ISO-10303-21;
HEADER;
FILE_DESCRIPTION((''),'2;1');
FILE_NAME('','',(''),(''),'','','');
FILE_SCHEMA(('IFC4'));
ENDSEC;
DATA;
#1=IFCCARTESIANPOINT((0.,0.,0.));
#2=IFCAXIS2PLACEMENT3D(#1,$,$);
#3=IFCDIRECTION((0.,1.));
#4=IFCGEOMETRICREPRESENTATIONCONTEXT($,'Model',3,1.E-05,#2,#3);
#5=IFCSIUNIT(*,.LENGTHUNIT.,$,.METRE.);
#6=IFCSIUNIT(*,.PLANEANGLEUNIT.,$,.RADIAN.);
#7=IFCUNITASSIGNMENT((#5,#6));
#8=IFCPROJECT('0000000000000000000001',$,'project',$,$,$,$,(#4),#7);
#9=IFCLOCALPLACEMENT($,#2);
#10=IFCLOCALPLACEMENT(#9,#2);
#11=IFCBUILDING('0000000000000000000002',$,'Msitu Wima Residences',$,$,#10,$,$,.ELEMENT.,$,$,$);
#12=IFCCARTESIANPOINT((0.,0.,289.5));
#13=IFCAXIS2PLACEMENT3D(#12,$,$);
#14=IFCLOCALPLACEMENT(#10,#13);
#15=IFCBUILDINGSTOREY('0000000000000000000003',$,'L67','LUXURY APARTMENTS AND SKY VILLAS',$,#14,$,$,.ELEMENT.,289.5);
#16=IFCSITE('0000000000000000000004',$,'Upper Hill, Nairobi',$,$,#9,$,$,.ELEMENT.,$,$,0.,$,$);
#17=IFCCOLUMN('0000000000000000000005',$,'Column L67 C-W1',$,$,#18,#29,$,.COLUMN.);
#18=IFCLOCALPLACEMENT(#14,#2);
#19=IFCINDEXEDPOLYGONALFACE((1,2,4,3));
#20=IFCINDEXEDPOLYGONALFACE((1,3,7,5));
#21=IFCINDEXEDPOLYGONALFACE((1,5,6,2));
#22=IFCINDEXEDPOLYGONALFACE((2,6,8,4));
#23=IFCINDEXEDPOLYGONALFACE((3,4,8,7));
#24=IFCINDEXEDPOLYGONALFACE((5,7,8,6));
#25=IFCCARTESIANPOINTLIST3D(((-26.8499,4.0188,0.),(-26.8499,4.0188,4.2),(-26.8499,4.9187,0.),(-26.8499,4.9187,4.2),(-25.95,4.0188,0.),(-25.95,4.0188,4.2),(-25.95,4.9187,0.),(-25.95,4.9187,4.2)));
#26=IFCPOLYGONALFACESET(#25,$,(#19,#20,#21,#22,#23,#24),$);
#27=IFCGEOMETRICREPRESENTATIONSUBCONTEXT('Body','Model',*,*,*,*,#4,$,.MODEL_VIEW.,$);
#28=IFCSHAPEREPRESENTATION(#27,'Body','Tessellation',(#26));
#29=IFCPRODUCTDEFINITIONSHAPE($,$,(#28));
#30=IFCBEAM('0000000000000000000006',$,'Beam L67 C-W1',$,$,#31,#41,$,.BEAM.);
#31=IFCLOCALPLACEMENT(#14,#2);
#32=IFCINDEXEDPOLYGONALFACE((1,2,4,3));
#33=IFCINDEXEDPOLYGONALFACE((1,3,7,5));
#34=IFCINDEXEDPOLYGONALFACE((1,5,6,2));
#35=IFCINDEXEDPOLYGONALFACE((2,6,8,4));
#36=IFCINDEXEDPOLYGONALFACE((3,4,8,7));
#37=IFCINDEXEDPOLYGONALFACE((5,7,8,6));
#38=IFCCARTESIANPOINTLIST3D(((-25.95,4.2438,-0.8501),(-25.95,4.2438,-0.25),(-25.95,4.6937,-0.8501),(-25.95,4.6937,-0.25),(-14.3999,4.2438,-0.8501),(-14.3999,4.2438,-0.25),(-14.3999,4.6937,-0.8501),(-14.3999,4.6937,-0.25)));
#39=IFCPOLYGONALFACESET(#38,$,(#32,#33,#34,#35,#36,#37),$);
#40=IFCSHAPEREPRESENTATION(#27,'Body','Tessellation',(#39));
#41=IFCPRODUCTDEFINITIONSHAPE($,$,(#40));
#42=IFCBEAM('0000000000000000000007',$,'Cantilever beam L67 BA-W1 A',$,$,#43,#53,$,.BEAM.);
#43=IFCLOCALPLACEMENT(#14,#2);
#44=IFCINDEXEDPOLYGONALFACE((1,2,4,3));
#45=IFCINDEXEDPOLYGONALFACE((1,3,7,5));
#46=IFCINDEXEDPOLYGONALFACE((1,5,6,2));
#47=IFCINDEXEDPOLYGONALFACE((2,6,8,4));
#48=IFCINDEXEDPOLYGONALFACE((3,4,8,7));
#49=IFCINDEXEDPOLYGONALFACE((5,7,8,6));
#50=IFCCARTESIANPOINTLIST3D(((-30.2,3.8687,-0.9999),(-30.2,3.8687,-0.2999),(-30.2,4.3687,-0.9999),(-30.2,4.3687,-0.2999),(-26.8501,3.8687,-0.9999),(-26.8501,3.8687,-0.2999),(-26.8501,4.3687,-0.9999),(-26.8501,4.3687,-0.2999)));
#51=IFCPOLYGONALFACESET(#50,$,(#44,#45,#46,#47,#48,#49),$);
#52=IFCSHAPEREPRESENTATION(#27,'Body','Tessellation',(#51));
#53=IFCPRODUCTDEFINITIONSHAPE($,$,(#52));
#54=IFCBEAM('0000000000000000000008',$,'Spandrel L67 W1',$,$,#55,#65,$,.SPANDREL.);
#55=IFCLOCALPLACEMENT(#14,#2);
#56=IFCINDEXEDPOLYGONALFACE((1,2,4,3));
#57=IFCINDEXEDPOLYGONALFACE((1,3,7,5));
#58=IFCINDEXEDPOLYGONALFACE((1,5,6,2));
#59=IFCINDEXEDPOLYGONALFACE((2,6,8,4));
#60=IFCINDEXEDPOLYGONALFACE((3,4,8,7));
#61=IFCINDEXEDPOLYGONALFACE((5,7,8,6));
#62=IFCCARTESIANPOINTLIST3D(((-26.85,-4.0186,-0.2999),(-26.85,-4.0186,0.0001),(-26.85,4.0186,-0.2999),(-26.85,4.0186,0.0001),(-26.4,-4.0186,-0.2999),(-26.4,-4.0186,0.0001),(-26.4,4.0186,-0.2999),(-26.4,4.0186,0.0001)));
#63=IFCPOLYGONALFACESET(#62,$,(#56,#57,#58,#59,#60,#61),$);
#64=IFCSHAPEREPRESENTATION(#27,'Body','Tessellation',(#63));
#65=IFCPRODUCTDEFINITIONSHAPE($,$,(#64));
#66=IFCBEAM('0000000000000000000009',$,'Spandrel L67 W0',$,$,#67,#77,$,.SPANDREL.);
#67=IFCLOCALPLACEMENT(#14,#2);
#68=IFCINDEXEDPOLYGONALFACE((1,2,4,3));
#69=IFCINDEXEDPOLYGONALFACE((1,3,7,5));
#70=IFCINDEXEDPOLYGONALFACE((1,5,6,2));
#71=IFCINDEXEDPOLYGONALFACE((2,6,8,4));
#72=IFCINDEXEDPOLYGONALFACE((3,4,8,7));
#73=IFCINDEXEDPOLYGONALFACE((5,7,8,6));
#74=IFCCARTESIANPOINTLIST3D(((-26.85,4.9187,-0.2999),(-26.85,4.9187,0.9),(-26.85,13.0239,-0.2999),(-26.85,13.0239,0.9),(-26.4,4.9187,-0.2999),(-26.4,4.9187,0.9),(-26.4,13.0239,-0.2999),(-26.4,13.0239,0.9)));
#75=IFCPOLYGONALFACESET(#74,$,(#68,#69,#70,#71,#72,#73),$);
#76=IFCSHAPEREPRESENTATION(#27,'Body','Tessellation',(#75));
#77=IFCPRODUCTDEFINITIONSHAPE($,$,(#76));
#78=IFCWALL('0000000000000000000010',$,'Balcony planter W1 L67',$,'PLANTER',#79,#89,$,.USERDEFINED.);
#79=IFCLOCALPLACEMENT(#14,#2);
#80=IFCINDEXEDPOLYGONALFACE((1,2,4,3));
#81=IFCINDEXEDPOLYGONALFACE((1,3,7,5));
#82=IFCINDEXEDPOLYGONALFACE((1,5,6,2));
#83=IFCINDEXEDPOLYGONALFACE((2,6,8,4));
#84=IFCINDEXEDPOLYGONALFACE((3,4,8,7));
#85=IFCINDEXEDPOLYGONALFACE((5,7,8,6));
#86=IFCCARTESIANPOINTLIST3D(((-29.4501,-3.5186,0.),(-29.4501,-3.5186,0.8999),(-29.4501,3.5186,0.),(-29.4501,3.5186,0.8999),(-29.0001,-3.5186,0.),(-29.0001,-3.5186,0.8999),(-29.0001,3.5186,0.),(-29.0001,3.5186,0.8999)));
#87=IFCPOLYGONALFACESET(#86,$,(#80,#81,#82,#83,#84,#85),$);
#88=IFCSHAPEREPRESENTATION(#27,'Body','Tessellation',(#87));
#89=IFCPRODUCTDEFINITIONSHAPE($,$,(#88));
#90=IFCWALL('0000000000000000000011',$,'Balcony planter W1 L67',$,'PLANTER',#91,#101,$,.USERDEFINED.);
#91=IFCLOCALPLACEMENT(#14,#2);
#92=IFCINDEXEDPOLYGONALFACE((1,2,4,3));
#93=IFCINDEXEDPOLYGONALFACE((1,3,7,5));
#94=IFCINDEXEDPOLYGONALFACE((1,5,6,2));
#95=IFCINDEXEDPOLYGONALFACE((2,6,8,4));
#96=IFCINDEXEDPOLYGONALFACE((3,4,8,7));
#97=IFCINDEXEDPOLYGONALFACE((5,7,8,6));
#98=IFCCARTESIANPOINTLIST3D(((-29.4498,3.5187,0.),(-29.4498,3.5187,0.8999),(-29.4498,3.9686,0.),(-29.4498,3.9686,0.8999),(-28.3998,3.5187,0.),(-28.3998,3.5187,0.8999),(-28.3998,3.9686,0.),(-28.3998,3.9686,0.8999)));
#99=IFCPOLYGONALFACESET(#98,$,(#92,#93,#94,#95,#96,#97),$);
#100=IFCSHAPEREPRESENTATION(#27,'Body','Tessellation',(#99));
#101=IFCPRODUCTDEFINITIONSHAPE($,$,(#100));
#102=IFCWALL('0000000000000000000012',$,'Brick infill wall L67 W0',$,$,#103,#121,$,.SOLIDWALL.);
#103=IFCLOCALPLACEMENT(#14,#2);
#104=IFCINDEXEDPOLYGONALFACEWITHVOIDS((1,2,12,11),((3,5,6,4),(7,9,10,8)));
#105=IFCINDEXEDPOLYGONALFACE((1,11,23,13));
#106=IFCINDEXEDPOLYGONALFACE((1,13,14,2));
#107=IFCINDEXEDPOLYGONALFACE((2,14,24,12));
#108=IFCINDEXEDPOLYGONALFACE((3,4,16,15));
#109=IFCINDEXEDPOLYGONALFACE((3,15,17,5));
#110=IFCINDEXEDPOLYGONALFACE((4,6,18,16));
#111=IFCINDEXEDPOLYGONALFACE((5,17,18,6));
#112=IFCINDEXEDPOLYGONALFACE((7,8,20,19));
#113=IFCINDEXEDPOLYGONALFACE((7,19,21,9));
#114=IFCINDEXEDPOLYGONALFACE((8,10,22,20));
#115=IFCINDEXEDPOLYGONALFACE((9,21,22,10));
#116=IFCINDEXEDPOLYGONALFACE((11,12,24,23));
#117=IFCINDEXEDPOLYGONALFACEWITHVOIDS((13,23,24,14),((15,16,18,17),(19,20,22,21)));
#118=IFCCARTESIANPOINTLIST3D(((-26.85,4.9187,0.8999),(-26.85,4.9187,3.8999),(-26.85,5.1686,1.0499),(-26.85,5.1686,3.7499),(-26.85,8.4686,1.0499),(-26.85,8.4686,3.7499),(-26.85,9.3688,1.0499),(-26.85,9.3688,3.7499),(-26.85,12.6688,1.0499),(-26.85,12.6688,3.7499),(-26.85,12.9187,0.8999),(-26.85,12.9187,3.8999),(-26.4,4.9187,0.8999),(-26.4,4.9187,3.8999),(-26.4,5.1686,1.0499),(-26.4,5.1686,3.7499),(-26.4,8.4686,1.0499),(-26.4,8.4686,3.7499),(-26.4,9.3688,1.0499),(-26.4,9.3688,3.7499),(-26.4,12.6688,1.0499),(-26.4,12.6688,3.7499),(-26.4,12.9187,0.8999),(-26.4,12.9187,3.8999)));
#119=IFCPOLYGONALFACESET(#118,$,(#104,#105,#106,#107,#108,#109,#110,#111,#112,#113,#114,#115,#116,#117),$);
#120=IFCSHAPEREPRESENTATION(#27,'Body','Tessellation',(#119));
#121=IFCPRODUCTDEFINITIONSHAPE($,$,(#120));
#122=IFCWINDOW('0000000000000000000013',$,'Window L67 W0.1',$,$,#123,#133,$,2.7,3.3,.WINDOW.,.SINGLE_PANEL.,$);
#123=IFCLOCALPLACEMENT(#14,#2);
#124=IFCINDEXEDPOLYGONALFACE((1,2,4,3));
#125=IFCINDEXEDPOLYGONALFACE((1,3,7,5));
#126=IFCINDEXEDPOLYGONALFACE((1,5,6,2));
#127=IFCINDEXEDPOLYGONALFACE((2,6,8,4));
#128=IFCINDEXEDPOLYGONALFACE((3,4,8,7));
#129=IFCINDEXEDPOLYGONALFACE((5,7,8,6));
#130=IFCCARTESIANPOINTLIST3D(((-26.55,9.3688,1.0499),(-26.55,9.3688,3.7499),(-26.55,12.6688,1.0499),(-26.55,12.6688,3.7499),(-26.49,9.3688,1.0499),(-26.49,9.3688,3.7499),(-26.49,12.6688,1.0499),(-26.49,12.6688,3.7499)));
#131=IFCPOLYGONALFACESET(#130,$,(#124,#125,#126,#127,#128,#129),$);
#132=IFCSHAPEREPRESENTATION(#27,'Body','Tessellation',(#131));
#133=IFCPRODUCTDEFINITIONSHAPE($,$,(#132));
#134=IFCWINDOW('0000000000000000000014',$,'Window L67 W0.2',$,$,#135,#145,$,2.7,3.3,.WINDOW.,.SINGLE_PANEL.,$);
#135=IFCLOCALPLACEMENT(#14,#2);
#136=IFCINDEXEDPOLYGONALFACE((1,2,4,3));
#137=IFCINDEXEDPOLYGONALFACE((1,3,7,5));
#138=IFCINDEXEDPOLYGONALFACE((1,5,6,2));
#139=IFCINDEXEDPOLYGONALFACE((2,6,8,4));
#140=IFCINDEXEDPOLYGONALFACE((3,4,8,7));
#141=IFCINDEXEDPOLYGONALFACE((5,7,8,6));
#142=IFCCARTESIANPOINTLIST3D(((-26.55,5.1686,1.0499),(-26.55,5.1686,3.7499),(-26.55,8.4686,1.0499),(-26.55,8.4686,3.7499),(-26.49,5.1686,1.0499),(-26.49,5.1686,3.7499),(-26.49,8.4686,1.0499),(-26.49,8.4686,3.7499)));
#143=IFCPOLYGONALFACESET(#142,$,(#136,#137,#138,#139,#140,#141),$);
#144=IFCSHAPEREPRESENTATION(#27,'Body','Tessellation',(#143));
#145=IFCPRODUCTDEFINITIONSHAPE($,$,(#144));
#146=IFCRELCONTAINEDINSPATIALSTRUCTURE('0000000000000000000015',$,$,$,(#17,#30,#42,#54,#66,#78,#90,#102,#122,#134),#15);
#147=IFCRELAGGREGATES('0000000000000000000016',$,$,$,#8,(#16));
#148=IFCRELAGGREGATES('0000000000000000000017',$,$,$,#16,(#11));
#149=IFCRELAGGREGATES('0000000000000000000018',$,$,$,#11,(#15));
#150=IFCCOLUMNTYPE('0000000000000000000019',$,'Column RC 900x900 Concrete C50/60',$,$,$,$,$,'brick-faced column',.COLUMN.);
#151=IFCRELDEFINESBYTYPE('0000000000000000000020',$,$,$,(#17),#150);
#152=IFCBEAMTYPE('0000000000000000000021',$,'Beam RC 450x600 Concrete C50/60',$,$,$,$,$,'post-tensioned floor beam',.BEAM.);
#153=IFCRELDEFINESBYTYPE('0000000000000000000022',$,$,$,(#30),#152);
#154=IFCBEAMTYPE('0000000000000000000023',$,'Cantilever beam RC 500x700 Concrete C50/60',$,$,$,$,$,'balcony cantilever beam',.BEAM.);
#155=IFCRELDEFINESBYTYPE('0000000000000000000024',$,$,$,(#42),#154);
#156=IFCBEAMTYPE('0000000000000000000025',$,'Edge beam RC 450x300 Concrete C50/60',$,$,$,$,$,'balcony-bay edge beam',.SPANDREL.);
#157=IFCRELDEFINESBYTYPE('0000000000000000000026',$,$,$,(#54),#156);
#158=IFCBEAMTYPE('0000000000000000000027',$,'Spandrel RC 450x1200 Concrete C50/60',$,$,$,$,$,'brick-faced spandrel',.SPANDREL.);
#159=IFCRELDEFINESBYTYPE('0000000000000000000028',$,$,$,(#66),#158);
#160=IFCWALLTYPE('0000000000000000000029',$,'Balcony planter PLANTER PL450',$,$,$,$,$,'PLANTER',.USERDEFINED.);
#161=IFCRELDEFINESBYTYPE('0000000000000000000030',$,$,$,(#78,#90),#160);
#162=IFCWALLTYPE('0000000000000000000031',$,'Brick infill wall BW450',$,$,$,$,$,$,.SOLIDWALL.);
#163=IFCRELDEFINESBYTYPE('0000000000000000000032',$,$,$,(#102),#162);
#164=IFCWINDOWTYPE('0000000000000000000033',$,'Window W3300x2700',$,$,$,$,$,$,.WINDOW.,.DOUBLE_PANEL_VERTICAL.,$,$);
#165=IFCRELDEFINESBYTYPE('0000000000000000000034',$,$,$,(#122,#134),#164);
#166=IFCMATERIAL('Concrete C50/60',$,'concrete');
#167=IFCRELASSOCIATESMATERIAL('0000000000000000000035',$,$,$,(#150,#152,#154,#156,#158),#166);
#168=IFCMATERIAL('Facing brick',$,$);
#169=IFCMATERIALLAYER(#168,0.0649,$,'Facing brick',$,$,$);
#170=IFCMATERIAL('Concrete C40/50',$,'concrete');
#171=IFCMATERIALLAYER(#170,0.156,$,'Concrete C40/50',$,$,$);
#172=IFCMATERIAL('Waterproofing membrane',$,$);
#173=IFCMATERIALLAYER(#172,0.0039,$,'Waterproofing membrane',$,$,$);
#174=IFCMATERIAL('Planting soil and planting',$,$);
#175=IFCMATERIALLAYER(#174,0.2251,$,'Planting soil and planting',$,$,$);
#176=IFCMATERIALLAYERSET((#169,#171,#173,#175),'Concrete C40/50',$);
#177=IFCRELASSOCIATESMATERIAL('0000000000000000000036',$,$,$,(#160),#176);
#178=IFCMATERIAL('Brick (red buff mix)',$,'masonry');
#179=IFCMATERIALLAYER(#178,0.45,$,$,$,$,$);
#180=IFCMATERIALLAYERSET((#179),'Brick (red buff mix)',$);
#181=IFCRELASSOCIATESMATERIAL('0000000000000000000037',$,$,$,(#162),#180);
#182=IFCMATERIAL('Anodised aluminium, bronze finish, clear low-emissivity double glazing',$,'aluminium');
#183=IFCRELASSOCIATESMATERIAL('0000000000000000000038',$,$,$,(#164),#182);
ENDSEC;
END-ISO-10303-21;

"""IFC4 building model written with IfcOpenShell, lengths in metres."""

from ifc_helpers import new_model, si_unit, direction, frame, frame_2d, origin, origin_2d, place, context, subcontext, project, spatial, rectangle, extrude, material, layer, layer_set, material_profile, profile_set, type_object, element, fill, save


model = new_model("IFC4")

# Units and contexts
model_context = context("Model", 3, precision=1e-05, world=origin(), true_north=direction((0.0, 1.0)))
body_context = subcontext(model_context, "Body", "Model", "MODEL_VIEW")
ifc_project = project(units=[si_unit("LENGTHUNIT", "METRE"), si_unit("PLANEANGLEUNIT", "RADIAN")], contexts=[model_context])

# Site, building, storey
site_placement = place(None, origin())
site = spatial("IfcSite", under=ifc_project, at=site_placement, Name="Upper Hill, Nairobi", CompositionType="ELEMENT", RefElevation=0.0)
building_placement = place(site_placement, origin())
building = spatial("IfcBuilding", under=site, at=building_placement, Name="Msitu Wima Residences", CompositionType="ELEMENT")
storey_placement = place(building_placement, frame((0.0, 0.0, 289.5)))
storey = spatial("IfcBuildingStorey", under=building, at=storey_placement, Name="L67", Description="LUXURY APARTMENTS AND SKY VILLAS", CompositionType="ELEMENT", Elevation=289.5)

# Column
ifc_material_1 = material(Name="Concrete C50/60", Category="concrete")
ifc_material_profile_1 = material_profile(ifc_material_1, rectangle(XDim=0.8999, YDim=0.8999, at=origin_2d()), Name="RC 900x900")
ifc_profile_set_1 = profile_set([ifc_material_profile_1], Name="Concrete C50/60")
column_type = type_object("IfcColumnType", Name="Column RC 900x900 Concrete C50/60", ElementType="brick-faced column", PredefinedType="COLUMN", material=ifc_profile_set_1)
column_placement = place(storey_placement, frame((-26.3999, 4.4688, 0.0), z_axis=(0.0, 0.0, 1.0), x_axis=(0.0, -1.0, 0.0)))
element("IfcColumn", 1, at=column_placement, inside=storey, type_object=column_type, Name="Column L67 C-W1", PredefinedType="COLUMN", context=body_context, shape_type="SweptSolid", body=[
    extrude(rectangle(XDim=0.8999, YDim=0.8999, at=origin_2d()), origin(), (0.0, 0.0, 1.0), 4.2),
])

# Beams
ifc_material_profile_2 = material_profile(ifc_material_1, rectangle(XDim=0.45, YDim=0.6001, at=origin_2d()), Name="RC 450x600")
ifc_profile_set_2 = profile_set([ifc_material_profile_2], Name="Concrete C50/60")
beam_type_1 = type_object("IfcBeamType", Name="Beam RC 450x600 Concrete C50/60", ElementType="post-tensioned floor beam", PredefinedType="BEAM", material=ifc_profile_set_2)
beam_1_placement = place(storey_placement, frame((-25.95, 4.4688, -0.55), z_axis=(1.0, 0.0, 0.0), x_axis=(0.0, 1.0, 0.0)))
element("IfcBeam", 2, at=beam_1_placement, inside=storey, type_object=beam_type_1, Name="Beam L67 C-W1", PredefinedType="BEAM", context=body_context, shape_type="SweptSolid", body=[
    extrude(rectangle(XDim=0.45, YDim=0.6001, at=origin_2d()), origin(), (0.0, 0.0, 1.0), 11.55),
])
ifc_material_profile_3 = material_profile(ifc_material_1, rectangle(XDim=0.5, YDim=0.7, at=origin_2d()), Name="RC 500x700")
ifc_profile_set_3 = profile_set([ifc_material_profile_3], Name="Concrete C50/60")
beam_type_2 = type_object("IfcBeamType", Name="Cantilever beam RC 500x700 Concrete C50/60", ElementType="balcony cantilever beam", PredefinedType="BEAM", material=ifc_profile_set_3)
beam_2_placement = place(storey_placement, frame((-26.8501, 4.1187, -0.6499), z_axis=(-1.0, 0.0, 0.0), x_axis=(0.0, -1.0, 0.0)))
element("IfcBeam", 3, at=beam_2_placement, inside=storey, type_object=beam_type_2, Name="Cantilever beam L67 BA-W1 A", PredefinedType="BEAM", context=body_context, shape_type="SweptSolid", body=[
    extrude(rectangle(XDim=0.5, YDim=0.7, at=origin_2d()), origin(), (0.0, 0.0, 1.0), 3.3499),
])
ifc_material_profile_4 = material_profile(ifc_material_1, rectangle(XDim=0.45, YDim=0.3, at=origin_2d()), Name="RC 450x300")
ifc_profile_set_4 = profile_set([ifc_material_profile_4], Name="Concrete C50/60")
beam_type_3 = type_object("IfcBeamType", Name="Edge beam RC 450x300 Concrete C50/60", ElementType="balcony-bay edge beam", PredefinedType="SPANDREL", material=ifc_profile_set_4)
beam_3_placement = place(storey_placement, frame((-26.625, 4.0186, -0.1499), z_axis=(0.0, -1.0, 0.0), x_axis=(1.0, 0.0, 0.0)))
element("IfcBeam", 4, at=beam_3_placement, inside=storey, type_object=beam_type_3, Name="Spandrel L67 W1", PredefinedType="SPANDREL", context=body_context, shape_type="SweptSolid", body=[
    extrude(rectangle(XDim=0.45, YDim=0.3, at=origin_2d()), origin(), (0.0, 0.0, 1.0), 8.0371),
])
ifc_material_profile_5 = material_profile(ifc_material_1, rectangle(XDim=0.45, YDim=1.2, at=origin_2d()), Name="RC 450x1200")
ifc_profile_set_5 = profile_set([ifc_material_profile_5], Name="Concrete C50/60")
beam_type_4 = type_object("IfcBeamType", Name="Spandrel RC 450x1200 Concrete C50/60", ElementType="brick-faced spandrel", PredefinedType="SPANDREL", material=ifc_profile_set_5)
beam_4_placement = place(storey_placement, frame((-26.625, 13.0239, 0.3), z_axis=(0.0, -1.0, 0.0), x_axis=(1.0, 0.0, 0.0)))
element("IfcBeam", 5, at=beam_4_placement, inside=storey, type_object=beam_type_4, Name="Spandrel L67 W0", PredefinedType="SPANDREL", context=body_context, shape_type="SweptSolid", body=[
    extrude(rectangle(XDim=0.45, YDim=1.2, at=origin_2d()), origin(), (0.0, 0.0, 1.0), 8.1052),
])

# Walls
ifc_material_2 = material(Name="Facing brick")
ifc_layer_1 = layer(ifc_material_2, 0.0649, Name="Facing brick")
ifc_material_3 = material(Name="Concrete C40/50", Category="concrete")
ifc_layer_2 = layer(ifc_material_3, 0.156, Name="Concrete C40/50")
ifc_material_4 = material(Name="Waterproofing membrane")
ifc_layer_3 = layer(ifc_material_4, 0.0039, Name="Waterproofing membrane")
ifc_material_5 = material(Name="Planting soil and planting")
ifc_layer_4 = layer(ifc_material_5, 0.2251, Name="Planting soil and planting")
ifc_layer_set_1 = layer_set([ifc_layer_1, ifc_layer_2, ifc_layer_3, ifc_layer_4], Name="Concrete C40/50")
wall_type_1 = type_object("IfcWallType", Name="Balcony planter PLANTER PL450", ElementType="PLANTER", PredefinedType="USERDEFINED", material=ifc_layer_set_1)
wall_1_placement = place(storey_placement, frame((-29.2251, 3.5186, 0.0), z_axis=(0.0, 0.0, 1.0), x_axis=(0.0, -1.0, 0.0)))
element("IfcWall", 6, at=wall_1_placement, inside=storey, type_object=wall_type_1, Name="Balcony planter W1 L67", ObjectType="PLANTER", PredefinedType="USERDEFINED", context=body_context, shape_type="SweptSolid", body=[
    extrude(rectangle(XDim=7.0371, YDim=0.45, at=frame_2d((3.5186, 0.0))), origin(), (0.0, 0.0, 1.0), 0.8999),
])
wall_2_placement = place(storey_placement, frame((-28.3999, 3.7437, 0.0), z_axis=(0.0, 0.0, 1.0), x_axis=(-1.0, 0.0, 0.0)))
element("IfcWall", 7, at=wall_2_placement, inside=storey, type_object=wall_type_1, Name="Balcony planter W1 L67", ObjectType="PLANTER", PredefinedType="USERDEFINED", context=body_context, shape_type="SweptSolid", body=[
    extrude(rectangle(XDim=1.05, YDim=0.45, at=frame_2d((0.5249, 0.0))), origin(), (0.0, 0.0, 1.0), 0.8999),
])

# Wall, openings, windows
ifc_material_6 = material(Name="Brick (red buff mix)", Category="masonry")
ifc_layer_5 = layer(ifc_material_6, 0.45)
ifc_layer_set_2 = layer_set([ifc_layer_5], Name="Brick (red buff mix)")
wall_type_2 = type_object("IfcWallType", Name="Brick infill wall BW450", PredefinedType="SOLIDWALL", material=ifc_layer_set_2)
wall_3_placement = place(storey_placement, frame((-26.625, 12.9187, 0.8999), z_axis=(0.0, 0.0, 1.0), x_axis=(0.0, -1.0, 0.0)))
wall_3 = element("IfcWall", 8, at=wall_3_placement, inside=storey, type_object=wall_type_2, Name="Brick infill wall L67 W0", PredefinedType="SOLIDWALL", context=body_context, shape_type="SweptSolid", body=[
    extrude(rectangle(XDim=8.0, YDim=0.45, at=frame_2d((4.0, 0.0))), origin(), (0.0, 0.0, 1.0), 3.0),
])
opening_1_placement = place(wall_3_placement, frame((0.25, 0.0, 0.1499)))
opening_1 = element("IfcOpeningElement", 9, at=opening_1_placement, cuts=wall_3, PredefinedType="OPENING", context=body_context, shape_type="SweptSolid", body=[
    extrude(rectangle(XDim=3.3, YDim=2.7, at=frame_2d((1.6499, 1.3501))), frame((0.0, 0.2349, 0.0), z_axis=(0.0, -1.0, 0.0), x_axis=(1.0, 0.0, 0.0)), (0.0, 0.0, 1.0), 0.47),
])
opening_2_placement = place(wall_3_placement, frame((4.4502, 0.0, 0.1499)))
opening_2 = element("IfcOpeningElement", 10, at=opening_2_placement, cuts=wall_3, PredefinedType="OPENING", context=body_context, shape_type="SweptSolid", body=[
    extrude(rectangle(XDim=3.3, YDim=2.7, at=frame_2d((1.6499, 1.3501))), frame((0.0, 0.2349, 0.0), z_axis=(0.0, -1.0, 0.0), x_axis=(1.0, 0.0, 0.0)), (0.0, 0.0, 1.0), 0.47),
])
ifc_material_7 = material(Name="Anodised aluminium, bronze finish, clear low-emissivity double glazing", Category="aluminium")
window_type = type_object("IfcWindowType", Name="Window W3300x2700", PartitioningType="DOUBLE_PANEL_VERTICAL", PredefinedType="WINDOW", material=ifc_material_7)
window_1_placement = place(opening_1_placement, origin())
window_1 = element("IfcWindow", 11, at=window_1_placement, inside=storey, type_object=window_type, Name="Window L67 W0.1", OverallHeight=2.7, OverallWidth=3.3, PartitioningType="SINGLE_PANEL", PredefinedType="WINDOW", context=body_context, shape_type="SweptSolid", body=[
    extrude(rectangle(XDim=3.3, YDim=2.7, at=frame_2d((1.6499, 1.3501))), frame((0.0, 0.135, 0.0), z_axis=(0.0, -1.0, 0.0), x_axis=(1.0, 0.0, 0.0)), (0.0, 0.0, 1.0), 0.0601),
])
fill(opening_1, window_1)
window_2_placement = place(opening_2_placement, origin())
window_2 = element("IfcWindow", 12, at=window_2_placement, inside=storey, type_object=window_type, Name="Window L67 W0.2", OverallHeight=2.7, OverallWidth=3.3, PartitioningType="SINGLE_PANEL", PredefinedType="WINDOW", context=body_context, shape_type="SweptSolid", body=[
    extrude(rectangle(XDim=3.3, YDim=2.7, at=frame_2d((1.6499, 1.3501))), frame((0.0, 0.135, 0.0), z_axis=(0.0, -1.0, 0.0), x_axis=(1.0, 0.0, 0.0)), (0.0, 0.0, 1.0), 0.0601),
])
fill(opening_2, window_2)

save(model, "model.ifc")
